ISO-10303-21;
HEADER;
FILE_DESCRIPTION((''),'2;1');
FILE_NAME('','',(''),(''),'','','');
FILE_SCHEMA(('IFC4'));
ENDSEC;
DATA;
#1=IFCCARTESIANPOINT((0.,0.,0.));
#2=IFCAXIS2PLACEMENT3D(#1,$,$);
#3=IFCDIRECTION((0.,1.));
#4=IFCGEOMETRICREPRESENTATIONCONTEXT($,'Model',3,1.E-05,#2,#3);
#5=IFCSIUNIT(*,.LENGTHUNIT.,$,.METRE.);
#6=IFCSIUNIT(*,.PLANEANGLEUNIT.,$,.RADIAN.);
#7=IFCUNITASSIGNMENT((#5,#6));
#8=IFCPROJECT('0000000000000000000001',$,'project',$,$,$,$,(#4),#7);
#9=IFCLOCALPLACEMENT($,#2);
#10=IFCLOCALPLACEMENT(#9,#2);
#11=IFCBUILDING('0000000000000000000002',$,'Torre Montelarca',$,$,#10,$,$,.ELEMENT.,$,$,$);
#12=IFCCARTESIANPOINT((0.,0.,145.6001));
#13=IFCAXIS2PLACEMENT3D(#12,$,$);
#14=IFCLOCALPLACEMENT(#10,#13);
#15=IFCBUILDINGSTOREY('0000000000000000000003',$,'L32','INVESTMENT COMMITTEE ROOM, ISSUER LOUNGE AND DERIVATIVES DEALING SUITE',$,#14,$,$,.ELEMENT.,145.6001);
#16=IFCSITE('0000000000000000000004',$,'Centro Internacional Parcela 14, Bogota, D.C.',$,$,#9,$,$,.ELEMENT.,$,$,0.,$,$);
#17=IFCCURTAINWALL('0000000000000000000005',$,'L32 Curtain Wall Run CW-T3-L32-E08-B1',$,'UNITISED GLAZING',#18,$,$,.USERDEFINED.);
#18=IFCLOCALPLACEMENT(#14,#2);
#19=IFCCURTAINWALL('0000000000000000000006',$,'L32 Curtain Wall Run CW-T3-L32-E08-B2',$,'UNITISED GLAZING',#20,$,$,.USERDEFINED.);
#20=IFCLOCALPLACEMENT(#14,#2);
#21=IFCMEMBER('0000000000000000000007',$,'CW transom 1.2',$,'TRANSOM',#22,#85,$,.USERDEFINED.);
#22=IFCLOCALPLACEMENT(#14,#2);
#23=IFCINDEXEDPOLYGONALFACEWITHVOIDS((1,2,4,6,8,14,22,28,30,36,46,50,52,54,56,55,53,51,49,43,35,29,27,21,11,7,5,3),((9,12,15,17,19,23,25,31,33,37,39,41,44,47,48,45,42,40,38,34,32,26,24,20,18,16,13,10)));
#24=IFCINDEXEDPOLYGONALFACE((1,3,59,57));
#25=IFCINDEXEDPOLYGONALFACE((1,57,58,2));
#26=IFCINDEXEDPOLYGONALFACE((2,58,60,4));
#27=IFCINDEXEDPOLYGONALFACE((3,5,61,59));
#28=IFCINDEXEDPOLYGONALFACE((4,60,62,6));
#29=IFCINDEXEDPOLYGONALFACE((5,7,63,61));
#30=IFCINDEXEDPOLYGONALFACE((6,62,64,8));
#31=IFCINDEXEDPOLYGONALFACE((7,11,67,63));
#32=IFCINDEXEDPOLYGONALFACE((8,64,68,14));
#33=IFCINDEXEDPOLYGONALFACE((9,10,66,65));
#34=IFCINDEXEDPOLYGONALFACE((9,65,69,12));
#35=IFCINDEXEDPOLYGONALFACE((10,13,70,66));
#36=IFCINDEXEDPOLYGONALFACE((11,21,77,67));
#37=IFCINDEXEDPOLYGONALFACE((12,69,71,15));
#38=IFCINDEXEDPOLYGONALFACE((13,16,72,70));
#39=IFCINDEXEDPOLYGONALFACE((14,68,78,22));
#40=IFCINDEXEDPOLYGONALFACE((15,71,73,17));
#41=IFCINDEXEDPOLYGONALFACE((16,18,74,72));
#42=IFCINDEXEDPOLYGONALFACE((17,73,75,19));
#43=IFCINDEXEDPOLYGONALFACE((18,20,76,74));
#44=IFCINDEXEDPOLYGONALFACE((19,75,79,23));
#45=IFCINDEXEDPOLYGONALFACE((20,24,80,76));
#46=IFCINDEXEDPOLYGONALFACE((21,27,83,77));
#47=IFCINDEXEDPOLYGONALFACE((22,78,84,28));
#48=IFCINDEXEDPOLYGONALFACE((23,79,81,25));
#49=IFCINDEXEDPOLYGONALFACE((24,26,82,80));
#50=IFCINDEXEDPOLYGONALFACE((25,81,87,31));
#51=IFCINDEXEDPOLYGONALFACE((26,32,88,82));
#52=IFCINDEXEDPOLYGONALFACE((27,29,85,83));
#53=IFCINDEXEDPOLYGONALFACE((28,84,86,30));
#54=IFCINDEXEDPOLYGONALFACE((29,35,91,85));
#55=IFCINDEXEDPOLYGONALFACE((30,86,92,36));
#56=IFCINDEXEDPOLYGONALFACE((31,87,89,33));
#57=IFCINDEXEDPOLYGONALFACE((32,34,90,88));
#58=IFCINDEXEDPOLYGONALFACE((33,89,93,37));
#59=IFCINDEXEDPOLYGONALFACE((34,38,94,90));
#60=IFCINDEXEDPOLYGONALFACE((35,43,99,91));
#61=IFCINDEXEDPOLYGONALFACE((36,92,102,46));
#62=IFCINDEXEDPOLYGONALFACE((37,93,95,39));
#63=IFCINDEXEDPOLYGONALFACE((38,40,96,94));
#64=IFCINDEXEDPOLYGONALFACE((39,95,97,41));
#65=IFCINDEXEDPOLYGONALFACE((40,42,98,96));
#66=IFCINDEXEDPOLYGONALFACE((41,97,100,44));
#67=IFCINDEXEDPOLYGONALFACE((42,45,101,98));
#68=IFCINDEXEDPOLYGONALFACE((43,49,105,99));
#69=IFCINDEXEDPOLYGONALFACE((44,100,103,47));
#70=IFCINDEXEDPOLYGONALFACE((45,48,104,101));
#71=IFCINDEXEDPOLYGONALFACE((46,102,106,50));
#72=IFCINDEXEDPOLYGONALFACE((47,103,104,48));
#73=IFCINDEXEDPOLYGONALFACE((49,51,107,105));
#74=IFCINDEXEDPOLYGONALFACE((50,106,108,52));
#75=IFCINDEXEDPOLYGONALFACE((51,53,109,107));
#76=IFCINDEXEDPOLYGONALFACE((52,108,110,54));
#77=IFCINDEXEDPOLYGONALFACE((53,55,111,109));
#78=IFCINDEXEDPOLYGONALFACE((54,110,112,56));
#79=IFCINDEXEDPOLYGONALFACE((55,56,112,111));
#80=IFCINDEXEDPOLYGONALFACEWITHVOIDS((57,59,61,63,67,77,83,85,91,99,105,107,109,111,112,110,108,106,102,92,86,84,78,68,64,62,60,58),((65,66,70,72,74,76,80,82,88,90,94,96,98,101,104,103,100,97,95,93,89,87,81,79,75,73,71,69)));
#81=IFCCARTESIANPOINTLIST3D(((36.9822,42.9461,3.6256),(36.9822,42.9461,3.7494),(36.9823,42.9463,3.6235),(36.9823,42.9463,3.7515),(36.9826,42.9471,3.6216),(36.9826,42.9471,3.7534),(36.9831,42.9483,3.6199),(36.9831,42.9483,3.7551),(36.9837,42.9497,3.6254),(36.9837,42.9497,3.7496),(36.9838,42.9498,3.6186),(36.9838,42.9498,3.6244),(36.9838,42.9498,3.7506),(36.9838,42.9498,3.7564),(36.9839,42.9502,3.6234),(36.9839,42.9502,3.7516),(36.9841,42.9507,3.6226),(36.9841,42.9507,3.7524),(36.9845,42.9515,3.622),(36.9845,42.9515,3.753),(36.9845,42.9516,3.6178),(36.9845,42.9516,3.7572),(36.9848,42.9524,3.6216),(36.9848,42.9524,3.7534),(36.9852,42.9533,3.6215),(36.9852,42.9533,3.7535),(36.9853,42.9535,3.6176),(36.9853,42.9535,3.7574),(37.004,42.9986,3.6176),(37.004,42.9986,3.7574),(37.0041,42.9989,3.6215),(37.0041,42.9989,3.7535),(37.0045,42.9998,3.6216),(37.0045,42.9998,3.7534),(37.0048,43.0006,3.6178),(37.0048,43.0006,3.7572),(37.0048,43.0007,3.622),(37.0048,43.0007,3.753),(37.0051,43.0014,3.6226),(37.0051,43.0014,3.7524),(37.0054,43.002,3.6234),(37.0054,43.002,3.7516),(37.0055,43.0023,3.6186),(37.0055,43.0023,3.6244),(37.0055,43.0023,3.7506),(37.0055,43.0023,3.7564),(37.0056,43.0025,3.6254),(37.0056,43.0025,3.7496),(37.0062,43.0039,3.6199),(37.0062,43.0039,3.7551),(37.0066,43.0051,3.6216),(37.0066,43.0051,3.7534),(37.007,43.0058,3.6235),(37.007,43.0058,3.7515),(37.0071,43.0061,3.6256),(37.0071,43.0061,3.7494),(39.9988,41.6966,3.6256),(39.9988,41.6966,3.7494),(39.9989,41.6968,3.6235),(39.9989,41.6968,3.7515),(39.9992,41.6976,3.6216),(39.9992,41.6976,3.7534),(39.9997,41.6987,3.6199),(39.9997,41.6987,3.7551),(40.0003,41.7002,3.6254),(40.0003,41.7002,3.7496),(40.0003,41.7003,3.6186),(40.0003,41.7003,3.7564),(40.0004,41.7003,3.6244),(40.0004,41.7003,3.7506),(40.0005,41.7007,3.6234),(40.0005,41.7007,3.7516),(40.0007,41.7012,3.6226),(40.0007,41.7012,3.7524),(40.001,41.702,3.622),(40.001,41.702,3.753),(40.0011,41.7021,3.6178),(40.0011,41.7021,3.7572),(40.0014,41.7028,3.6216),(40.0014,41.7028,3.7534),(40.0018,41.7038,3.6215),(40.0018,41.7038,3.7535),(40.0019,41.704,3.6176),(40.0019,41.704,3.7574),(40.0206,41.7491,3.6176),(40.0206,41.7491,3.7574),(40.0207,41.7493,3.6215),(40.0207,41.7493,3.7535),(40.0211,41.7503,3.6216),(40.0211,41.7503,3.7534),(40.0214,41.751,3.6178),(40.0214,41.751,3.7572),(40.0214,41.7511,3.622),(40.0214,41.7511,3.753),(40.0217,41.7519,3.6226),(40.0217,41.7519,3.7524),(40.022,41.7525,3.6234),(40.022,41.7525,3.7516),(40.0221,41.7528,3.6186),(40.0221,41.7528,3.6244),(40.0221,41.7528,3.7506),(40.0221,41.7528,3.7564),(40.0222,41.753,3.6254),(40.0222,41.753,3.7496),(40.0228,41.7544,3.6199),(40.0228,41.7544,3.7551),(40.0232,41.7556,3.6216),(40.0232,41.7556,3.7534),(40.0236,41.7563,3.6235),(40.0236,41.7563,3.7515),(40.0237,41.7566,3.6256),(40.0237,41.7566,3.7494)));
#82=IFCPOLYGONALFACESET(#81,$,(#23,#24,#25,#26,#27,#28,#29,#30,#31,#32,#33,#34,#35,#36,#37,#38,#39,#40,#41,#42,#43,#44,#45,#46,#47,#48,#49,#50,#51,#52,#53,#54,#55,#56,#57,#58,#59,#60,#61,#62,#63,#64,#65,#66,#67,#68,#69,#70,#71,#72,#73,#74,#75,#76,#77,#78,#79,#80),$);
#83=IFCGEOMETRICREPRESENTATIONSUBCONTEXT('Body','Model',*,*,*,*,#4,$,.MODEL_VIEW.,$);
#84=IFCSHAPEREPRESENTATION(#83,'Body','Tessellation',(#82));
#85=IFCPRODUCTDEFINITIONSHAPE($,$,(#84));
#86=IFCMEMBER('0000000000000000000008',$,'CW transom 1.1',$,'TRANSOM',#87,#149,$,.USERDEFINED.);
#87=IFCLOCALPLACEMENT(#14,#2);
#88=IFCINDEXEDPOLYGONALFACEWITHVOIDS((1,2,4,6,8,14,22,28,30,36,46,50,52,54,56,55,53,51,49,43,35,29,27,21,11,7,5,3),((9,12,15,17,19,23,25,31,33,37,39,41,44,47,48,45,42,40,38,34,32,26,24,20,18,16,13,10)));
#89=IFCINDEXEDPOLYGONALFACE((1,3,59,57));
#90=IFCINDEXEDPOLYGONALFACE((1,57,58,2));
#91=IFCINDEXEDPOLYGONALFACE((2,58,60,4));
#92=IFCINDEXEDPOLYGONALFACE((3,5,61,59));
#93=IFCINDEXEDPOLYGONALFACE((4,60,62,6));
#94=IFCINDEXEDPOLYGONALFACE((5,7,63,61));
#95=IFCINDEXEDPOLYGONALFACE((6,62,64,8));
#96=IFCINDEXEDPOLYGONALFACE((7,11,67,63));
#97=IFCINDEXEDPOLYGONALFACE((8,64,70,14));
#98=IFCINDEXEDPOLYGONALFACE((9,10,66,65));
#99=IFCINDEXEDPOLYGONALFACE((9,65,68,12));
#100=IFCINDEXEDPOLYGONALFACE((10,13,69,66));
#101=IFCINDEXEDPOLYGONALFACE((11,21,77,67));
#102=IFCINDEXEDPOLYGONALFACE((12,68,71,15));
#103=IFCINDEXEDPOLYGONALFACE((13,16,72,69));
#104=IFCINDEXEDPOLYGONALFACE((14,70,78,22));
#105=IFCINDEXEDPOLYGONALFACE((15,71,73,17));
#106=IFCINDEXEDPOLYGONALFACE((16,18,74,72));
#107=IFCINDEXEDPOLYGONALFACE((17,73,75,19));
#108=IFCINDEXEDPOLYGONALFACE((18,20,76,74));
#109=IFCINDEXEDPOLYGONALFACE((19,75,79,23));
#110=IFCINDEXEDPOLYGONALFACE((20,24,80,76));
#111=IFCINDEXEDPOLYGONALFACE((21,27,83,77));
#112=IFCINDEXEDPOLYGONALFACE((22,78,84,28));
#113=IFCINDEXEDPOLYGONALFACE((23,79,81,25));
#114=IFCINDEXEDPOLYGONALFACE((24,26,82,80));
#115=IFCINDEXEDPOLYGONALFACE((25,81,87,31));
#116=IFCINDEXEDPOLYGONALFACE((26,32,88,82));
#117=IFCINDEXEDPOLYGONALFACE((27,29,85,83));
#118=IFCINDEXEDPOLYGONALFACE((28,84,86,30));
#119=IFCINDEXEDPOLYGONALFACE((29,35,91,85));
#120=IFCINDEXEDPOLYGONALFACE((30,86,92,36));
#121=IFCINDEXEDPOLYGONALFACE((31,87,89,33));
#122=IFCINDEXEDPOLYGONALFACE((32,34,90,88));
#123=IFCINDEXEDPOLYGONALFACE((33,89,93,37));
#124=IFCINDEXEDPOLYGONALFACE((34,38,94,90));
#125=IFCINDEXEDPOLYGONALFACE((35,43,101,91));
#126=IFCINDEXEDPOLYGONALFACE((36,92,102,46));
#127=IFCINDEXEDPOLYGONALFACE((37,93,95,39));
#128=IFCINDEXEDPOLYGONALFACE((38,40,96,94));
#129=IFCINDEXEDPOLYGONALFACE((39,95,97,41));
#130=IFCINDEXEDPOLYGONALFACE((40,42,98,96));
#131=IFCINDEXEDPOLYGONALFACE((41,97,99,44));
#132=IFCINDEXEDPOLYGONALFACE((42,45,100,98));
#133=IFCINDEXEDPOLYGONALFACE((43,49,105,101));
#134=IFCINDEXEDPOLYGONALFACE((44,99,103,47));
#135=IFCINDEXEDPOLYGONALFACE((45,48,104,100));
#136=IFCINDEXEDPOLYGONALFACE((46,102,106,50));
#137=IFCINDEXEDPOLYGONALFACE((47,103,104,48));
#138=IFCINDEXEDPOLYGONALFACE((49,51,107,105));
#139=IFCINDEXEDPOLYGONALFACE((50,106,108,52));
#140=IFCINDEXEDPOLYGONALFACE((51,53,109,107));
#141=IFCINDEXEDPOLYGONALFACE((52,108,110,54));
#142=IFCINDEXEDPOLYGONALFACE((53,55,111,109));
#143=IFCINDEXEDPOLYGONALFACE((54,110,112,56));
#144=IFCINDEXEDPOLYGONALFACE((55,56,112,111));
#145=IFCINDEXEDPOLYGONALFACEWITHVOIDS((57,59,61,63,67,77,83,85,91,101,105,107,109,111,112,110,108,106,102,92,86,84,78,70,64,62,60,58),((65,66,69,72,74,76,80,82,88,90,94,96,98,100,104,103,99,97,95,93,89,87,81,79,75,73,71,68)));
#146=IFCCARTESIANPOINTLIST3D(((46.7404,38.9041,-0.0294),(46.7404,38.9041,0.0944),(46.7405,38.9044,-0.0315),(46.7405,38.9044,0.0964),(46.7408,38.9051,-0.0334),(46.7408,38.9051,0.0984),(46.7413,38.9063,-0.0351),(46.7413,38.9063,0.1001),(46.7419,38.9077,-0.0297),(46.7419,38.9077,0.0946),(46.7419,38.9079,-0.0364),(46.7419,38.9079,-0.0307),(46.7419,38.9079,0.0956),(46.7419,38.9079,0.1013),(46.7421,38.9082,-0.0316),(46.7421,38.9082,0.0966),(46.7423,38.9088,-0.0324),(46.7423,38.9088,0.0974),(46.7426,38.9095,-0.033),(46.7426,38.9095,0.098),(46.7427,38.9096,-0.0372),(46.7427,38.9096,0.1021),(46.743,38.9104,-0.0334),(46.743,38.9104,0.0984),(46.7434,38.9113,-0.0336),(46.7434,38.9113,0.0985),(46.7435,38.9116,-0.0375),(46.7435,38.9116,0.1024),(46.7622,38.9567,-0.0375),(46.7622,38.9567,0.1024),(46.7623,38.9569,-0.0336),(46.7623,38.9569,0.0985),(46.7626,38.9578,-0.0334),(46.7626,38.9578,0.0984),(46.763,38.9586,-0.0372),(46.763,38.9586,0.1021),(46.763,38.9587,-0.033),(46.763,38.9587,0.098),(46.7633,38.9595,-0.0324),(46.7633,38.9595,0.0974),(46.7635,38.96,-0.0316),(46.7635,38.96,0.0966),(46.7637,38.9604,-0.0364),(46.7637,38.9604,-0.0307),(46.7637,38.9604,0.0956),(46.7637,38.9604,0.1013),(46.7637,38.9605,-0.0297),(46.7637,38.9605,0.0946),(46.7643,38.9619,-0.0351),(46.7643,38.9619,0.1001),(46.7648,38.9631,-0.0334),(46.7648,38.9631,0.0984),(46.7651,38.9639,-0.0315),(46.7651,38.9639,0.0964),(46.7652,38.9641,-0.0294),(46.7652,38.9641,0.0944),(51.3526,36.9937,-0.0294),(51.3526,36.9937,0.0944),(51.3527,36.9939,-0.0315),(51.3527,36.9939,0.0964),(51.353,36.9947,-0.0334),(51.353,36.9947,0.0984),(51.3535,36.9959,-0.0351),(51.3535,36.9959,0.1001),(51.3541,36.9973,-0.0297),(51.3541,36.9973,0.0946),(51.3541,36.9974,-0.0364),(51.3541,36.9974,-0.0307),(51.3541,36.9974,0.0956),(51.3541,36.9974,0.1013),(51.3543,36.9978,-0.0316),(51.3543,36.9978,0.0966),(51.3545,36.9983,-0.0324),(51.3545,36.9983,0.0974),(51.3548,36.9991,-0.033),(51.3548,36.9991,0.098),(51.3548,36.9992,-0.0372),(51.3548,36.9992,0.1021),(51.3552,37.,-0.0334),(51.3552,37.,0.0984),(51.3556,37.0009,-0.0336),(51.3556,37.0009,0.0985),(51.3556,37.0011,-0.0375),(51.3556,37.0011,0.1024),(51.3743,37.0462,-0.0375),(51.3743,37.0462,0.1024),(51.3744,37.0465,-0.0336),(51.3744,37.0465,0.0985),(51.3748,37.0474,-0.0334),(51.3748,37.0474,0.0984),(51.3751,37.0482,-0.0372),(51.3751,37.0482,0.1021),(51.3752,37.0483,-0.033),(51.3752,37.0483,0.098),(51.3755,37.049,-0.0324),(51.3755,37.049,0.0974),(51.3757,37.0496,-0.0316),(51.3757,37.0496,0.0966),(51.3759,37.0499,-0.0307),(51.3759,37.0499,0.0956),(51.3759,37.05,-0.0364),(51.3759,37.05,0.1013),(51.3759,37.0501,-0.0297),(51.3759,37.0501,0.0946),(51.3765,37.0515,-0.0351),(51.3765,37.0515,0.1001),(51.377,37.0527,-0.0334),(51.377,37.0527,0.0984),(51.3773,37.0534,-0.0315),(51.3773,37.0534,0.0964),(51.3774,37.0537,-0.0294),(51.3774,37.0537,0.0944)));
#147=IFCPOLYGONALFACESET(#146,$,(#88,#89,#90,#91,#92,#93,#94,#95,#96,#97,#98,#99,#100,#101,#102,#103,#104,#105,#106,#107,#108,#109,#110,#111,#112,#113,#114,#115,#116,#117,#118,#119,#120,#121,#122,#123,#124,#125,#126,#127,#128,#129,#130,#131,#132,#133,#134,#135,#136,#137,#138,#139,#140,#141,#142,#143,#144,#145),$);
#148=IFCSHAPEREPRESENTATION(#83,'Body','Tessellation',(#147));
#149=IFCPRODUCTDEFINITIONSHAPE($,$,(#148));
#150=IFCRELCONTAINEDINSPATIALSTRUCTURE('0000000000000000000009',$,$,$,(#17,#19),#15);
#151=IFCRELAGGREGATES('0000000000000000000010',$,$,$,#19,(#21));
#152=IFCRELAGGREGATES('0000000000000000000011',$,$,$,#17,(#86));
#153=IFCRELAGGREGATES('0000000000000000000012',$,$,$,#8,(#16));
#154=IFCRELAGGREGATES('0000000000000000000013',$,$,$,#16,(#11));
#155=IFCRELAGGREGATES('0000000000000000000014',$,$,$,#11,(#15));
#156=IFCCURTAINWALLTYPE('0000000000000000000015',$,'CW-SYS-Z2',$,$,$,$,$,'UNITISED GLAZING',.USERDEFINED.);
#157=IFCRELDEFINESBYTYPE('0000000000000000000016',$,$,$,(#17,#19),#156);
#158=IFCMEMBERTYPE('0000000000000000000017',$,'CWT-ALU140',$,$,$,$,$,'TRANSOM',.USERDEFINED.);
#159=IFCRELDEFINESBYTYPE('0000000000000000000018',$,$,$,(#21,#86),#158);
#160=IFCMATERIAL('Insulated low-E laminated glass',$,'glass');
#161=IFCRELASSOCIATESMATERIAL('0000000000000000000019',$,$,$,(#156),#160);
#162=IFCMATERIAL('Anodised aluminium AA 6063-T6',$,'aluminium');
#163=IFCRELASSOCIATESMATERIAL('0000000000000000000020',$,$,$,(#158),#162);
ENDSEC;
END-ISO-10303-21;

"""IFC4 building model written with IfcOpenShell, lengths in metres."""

from ifc_helpers import new_model, si_unit, direction, frame, origin, origin_2d, place, context, subcontext, project, spatial, hollow_rectangle, extrude, source, transform, mapped, material, material_profile, profile_set, type_object, element, aggregate, save


model = new_model("IFC4")

# Units and contexts
model_context = context("Model", 3, precision=1e-05, world=origin(), true_north=direction((0.0, 1.0)))
body_context = subcontext(model_context, "Body", "Model", "MODEL_VIEW")
ifc_project = project(units=[si_unit("LENGTHUNIT", "METRE"), si_unit("PLANEANGLEUNIT", "RADIAN")], contexts=[model_context])

# Site, building, storey
site_placement = place(None, origin())
site = spatial("IfcSite", under=ifc_project, at=site_placement, Name="Centro Internacional Parcela 14, Bogota, D.C.", CompositionType="ELEMENT", RefElevation=0.0)
building_placement = place(site_placement, origin())
building = spatial("IfcBuilding", under=site, at=building_placement, Name="Torre Montelarca", CompositionType="ELEMENT")
storey_placement = place(building_placement, frame((0.0, 0.0, 145.6001)))
storey = spatial("IfcBuildingStorey", under=building, at=storey_placement, Name="L32", Description="INVESTMENT COMMITTEE ROOM, ISSUER LOUNGE AND DERIVATIVES DEALING SUITE", CompositionType="ELEMENT", Elevation=145.6001)

# Curtain wall
ifc_material_1 = material(Name="Insulated low-E laminated glass", Category="glass")
curtain_wall_type = type_object("IfcCurtainWallType", Name="CW-SYS-Z2", ElementType="UNITISED GLAZING", PredefinedType="USERDEFINED", material=ifc_material_1)
ifc_material_2 = material(Name="Anodised aluminium AA 6063-T6", Category="aluminium")
ifc_material_profile_1 = material_profile(ifc_material_2, hollow_rectangle(XDim=0.0649, YDim=0.1399, WallThickness=0.0039, InnerFilletRadius=0.0039, OuterFilletRadius=0.0081, at=origin_2d()), Name="ALU65X140X4", Category="aluminium")
ifc_profile_set_1 = profile_set([ifc_material_profile_1], Name="Anodised aluminium AA 6063-T6")
member_type_1 = type_object("IfcMemberType", Name="CWT-ALU140", ElementType="TRANSOM", PredefinedType="USERDEFINED", material=ifc_profile_set_1)
curtain_wall_1_placement = place(storey_placement, origin())
curtain_wall_1 = element("IfcCurtainWall", 1, at=curtain_wall_1_placement, inside=storey, type_object=curtain_wall_type, Name="L32 Curtain Wall Run CW-T3-L32-E08-B1", ObjectType="UNITISED GLAZING", PredefinedType="USERDEFINED")

# Curtain wall
curtain_wall_2_placement = place(storey_placement, origin())
curtain_wall_2 = element("IfcCurtainWall", 2, at=curtain_wall_2_placement, inside=storey, type_object=curtain_wall_type, Name="L32 Curtain Wall Run CW-T3-L32-E08-B2", ObjectType="UNITISED GLAZING", PredefinedType="USERDEFINED")

# Members
shared_shape_1 = source(origin(), body_context, "Body", "SweptSolid", [
    extrude(hollow_rectangle(XDim=0.0649, YDim=0.1399, WallThickness=0.0039, InnerFilletRadius=0.0039, OuterFilletRadius=0.0081, at=origin_2d()), origin(), (0.0, 0.0, 1.0), 3.2651),
])
member_1_placement = place(storey_placement, frame((40.0112, 41.7266, 3.6875), z_axis=(-0.92388, 0.382682, 0.0), x_axis=(-0.382682, -0.92388, 0.0)))
member_1 = element("IfcMember", 3, at=member_1_placement, type_object=member_type_1, Name="CW transom 1.2", ObjectType="TRANSOM", PredefinedType="USERDEFINED", context=body_context, shape_type="MappedRepresentation", body=[
    mapped(shared_shape_1, transform((0.0, 0.0, 0.0), scale=1.0)),
])
shared_shape_2 = source(origin(), body_context, "Body", "SweptSolid", [
    extrude(hollow_rectangle(XDim=0.0649, YDim=0.1399, WallThickness=0.0039, InnerFilletRadius=0.0039, OuterFilletRadius=0.0081, at=origin_2d()), origin(), (0.0, 0.0, 1.0), 4.9922),
])
member_2_placement = place(storey_placement, frame((51.365, 37.0237, 0.0325), z_axis=(-0.923878, 0.382687, 0.0), x_axis=(-0.382687, -0.923878, 0.0)))
member_2 = element("IfcMember", 4, at=member_2_placement, type_object=member_type_1, Name="CW transom 1.1", ObjectType="TRANSOM", PredefinedType="USERDEFINED", context=body_context, shape_type="MappedRepresentation", body=[
    mapped(shared_shape_2, transform((0.0, 0.0, 0.0), scale=1.0)),
])

aggregate(curtain_wall_2, [member_1])
aggregate(curtain_wall_1, [member_2])

save(model, "model.ifc")
